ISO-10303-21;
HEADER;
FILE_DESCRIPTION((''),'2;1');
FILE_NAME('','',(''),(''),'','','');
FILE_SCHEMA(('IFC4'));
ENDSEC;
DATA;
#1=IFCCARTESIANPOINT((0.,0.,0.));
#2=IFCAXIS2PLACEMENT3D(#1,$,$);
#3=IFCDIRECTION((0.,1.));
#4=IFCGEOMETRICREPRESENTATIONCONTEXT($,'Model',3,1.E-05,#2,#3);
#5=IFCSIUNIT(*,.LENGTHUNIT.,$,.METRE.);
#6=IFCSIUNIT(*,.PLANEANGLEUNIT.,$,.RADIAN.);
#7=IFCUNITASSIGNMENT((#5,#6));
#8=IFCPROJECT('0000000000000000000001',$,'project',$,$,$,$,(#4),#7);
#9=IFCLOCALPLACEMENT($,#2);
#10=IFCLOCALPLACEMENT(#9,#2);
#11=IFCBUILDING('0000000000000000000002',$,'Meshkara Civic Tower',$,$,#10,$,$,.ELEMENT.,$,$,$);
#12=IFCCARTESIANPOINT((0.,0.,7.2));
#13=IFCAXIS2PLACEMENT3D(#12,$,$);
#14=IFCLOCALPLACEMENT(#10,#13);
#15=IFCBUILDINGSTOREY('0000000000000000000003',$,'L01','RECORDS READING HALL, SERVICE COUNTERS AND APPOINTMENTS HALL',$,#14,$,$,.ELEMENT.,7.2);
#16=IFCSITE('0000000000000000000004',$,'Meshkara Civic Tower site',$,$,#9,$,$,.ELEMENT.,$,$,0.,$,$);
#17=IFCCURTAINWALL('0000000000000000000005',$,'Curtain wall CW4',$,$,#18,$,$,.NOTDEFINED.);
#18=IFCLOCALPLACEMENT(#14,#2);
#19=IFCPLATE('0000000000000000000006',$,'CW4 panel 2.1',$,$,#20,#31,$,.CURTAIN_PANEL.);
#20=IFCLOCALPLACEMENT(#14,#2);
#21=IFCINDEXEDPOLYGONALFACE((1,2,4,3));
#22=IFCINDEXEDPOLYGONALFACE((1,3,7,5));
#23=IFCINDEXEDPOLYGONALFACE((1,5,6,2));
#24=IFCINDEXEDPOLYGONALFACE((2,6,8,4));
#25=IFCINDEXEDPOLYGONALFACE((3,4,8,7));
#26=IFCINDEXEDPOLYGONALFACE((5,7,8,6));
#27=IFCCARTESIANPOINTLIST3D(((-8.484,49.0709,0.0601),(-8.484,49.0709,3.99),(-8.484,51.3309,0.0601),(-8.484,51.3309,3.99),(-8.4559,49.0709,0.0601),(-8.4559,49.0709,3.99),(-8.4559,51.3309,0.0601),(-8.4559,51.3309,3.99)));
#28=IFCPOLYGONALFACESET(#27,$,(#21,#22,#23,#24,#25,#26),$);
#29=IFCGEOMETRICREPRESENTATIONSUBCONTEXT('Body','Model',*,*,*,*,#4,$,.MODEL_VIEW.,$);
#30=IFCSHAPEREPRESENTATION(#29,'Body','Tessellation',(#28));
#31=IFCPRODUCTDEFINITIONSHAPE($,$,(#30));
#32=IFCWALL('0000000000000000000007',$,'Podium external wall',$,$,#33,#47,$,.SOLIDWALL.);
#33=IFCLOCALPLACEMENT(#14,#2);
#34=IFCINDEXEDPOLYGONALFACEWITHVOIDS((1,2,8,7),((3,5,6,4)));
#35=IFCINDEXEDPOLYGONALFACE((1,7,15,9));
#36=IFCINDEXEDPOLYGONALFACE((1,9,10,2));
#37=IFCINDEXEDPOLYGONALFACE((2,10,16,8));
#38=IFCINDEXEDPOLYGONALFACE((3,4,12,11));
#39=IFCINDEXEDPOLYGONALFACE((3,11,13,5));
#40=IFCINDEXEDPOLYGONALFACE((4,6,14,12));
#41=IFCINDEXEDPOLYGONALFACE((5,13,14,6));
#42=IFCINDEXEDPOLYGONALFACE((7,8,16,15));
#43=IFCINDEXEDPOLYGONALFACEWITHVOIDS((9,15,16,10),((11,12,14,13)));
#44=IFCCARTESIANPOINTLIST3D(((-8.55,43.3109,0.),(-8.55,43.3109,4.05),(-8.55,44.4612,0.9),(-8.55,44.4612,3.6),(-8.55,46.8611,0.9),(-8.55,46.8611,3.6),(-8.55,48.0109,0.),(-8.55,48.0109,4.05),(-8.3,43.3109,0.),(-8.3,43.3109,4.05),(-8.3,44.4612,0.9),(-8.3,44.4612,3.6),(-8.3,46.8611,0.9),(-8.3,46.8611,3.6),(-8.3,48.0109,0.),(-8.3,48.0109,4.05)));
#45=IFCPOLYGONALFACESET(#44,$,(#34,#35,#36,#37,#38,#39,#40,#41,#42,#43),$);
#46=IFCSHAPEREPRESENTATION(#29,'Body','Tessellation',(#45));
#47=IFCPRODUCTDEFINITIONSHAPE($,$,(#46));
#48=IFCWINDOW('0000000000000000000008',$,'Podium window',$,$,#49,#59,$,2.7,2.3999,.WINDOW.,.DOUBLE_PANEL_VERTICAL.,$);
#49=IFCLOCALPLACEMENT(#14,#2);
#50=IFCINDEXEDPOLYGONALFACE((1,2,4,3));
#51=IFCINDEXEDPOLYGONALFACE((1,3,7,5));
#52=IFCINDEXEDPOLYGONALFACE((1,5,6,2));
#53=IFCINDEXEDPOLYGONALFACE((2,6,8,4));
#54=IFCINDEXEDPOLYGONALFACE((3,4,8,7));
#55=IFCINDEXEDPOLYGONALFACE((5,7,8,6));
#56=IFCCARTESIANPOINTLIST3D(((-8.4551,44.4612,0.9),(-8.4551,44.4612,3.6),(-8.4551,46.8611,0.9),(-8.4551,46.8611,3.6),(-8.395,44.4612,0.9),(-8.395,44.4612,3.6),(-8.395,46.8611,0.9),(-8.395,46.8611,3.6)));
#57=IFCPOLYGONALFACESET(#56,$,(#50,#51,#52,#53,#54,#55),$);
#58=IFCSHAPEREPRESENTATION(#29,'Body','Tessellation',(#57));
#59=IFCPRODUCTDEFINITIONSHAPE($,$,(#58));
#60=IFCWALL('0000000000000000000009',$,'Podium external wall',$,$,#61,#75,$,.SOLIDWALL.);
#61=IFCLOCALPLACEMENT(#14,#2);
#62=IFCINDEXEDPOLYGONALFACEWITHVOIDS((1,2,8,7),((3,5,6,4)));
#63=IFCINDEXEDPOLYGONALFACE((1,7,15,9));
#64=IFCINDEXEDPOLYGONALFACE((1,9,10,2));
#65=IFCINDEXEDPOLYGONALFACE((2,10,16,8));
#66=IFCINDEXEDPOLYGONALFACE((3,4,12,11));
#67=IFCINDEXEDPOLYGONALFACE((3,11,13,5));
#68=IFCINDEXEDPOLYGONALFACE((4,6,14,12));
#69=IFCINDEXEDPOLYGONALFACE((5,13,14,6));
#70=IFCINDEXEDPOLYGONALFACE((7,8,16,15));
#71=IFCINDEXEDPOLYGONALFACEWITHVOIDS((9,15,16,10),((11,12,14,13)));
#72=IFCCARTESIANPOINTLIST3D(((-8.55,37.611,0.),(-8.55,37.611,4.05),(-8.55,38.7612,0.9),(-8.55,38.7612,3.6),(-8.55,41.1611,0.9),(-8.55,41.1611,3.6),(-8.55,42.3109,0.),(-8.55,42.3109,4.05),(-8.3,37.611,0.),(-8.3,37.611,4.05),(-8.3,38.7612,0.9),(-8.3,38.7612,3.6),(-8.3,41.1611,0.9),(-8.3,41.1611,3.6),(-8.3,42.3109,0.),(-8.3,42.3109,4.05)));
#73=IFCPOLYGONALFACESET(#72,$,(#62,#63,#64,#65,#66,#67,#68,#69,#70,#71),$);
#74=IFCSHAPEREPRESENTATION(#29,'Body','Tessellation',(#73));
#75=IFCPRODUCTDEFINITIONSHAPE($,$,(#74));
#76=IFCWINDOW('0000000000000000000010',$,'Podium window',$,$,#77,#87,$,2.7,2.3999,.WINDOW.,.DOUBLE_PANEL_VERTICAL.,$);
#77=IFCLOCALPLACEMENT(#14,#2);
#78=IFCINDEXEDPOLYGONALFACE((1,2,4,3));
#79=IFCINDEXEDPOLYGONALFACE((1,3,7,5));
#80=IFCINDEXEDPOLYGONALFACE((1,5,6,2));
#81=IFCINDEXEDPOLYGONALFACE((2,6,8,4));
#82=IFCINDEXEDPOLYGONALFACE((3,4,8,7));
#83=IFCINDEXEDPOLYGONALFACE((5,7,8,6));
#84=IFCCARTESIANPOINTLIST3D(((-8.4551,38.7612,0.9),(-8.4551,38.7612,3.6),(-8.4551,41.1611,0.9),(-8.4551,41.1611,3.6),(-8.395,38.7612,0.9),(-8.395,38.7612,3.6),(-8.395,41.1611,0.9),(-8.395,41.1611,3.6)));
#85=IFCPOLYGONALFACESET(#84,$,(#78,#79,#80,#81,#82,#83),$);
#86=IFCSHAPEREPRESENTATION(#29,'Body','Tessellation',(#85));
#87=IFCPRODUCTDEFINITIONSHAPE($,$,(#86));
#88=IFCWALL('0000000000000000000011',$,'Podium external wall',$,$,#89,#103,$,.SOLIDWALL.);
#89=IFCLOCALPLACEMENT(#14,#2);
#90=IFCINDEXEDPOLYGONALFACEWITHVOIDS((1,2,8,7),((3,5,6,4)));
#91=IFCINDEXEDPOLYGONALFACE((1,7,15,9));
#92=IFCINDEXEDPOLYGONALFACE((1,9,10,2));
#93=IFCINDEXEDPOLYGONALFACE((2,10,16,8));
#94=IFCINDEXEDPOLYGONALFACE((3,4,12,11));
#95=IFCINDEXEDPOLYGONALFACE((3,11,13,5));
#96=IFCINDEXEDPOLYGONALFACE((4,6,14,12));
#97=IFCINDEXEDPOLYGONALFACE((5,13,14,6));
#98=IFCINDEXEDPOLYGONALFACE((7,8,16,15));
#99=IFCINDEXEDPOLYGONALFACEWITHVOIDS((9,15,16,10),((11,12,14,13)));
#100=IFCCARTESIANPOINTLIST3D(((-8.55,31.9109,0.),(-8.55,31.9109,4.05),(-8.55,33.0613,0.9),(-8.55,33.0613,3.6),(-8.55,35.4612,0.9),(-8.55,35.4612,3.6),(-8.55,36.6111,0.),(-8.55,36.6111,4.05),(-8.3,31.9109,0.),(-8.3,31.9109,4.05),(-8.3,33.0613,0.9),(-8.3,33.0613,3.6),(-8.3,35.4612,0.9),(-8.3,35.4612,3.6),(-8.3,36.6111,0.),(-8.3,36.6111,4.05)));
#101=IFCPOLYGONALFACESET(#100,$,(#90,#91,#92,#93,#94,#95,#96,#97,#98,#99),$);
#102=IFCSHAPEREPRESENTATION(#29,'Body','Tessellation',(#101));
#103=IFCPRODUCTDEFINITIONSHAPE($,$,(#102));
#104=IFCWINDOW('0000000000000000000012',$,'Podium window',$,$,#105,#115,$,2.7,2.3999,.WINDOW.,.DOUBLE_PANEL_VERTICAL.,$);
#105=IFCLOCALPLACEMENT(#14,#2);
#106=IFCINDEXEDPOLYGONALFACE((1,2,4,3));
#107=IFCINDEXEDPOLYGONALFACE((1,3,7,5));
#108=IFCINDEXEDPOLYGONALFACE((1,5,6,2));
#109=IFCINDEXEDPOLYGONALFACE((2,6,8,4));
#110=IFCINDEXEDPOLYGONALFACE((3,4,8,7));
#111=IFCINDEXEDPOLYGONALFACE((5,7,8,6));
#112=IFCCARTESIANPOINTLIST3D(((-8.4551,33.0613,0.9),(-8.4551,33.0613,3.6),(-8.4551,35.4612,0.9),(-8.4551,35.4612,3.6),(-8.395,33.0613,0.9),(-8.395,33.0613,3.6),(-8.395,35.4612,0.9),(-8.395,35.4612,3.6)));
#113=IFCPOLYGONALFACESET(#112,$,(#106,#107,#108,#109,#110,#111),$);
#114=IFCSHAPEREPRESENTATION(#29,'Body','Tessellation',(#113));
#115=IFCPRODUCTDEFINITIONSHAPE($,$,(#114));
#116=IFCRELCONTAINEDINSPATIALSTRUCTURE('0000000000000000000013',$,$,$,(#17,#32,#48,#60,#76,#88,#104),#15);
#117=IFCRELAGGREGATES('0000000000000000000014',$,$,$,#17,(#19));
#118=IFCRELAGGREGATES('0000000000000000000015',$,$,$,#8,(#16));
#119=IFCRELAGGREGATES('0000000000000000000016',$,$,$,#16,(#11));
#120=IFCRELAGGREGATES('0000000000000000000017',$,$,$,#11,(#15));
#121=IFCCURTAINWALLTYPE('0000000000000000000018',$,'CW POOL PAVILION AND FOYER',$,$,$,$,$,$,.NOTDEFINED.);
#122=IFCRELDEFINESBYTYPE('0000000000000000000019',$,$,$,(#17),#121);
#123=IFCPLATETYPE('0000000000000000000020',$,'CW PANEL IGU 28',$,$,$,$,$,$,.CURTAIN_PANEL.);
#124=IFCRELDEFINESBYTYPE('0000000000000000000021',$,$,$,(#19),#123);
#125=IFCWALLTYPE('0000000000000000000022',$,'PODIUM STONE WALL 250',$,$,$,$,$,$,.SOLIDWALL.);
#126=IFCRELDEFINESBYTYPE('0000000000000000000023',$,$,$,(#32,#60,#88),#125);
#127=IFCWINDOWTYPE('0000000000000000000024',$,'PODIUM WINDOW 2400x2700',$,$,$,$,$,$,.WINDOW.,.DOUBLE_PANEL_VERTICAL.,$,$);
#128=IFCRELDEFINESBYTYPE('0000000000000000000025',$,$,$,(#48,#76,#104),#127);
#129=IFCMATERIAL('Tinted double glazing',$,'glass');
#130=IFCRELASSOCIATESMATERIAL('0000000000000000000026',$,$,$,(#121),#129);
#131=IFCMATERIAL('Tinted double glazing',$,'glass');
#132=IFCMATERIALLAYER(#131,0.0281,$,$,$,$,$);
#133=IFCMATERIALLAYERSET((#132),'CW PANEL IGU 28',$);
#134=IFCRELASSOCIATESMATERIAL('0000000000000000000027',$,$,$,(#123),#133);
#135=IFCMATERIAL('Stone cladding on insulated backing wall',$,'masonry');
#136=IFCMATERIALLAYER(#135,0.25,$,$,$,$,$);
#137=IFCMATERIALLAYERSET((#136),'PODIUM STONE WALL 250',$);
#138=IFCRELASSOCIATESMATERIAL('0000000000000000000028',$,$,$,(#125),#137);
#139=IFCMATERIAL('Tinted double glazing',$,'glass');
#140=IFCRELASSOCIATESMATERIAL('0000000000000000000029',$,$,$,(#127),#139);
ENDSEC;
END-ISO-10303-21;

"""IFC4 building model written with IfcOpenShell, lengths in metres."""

from ifc_helpers import new_model, si_unit, direction, frame, frame_2d, origin, origin_2d, place, context, subcontext, project, spatial, rectangle, extrude, material, layer, layer_set, type_object, element, fill, aggregate, save


model = new_model("IFC4")

# Units and contexts
model_context = context("Model", 3, precision=1e-05, world=origin(), true_north=direction((0.0, 1.0)))
body_context = subcontext(model_context, "Body", "Model", "MODEL_VIEW")
ifc_project = project(units=[si_unit("LENGTHUNIT", "METRE"), si_unit("PLANEANGLEUNIT", "RADIAN")], contexts=[model_context])

# Site, building, storey
site_placement = place(None, origin())
site = spatial("IfcSite", under=ifc_project, at=site_placement, Name="Meshkara Civic Tower site", CompositionType="ELEMENT", RefElevation=0.0)
building_placement = place(site_placement, origin())
building = spatial("IfcBuilding", under=site, at=building_placement, Name="Meshkara Civic Tower", CompositionType="ELEMENT")
storey_placement = place(building_placement, frame((0.0, 0.0, 7.2)))
storey = spatial("IfcBuildingStorey", under=building, at=storey_placement, Name="L01", Description="RECORDS READING HALL, SERVICE COUNTERS AND APPOINTMENTS HALL", CompositionType="ELEMENT", Elevation=7.2)

# Curtain wall
ifc_material_1 = material(Name="Tinted double glazing", Category="glass")
curtain_wall_type = type_object("IfcCurtainWallType", Name="CW POOL PAVILION AND FOYER", PredefinedType="NOTDEFINED", material=ifc_material_1)
curtain_wall_placement = place(storey_placement, origin())
curtain_wall = element("IfcCurtainWall", 1, at=curtain_wall_placement, inside=storey, type_object=curtain_wall_type, Name="Curtain wall CW4", PredefinedType="NOTDEFINED")

# Plate
ifc_material_2 = material(Name="Tinted double glazing", Category="glass")
ifc_layer_1 = layer(ifc_material_2, 0.0281)
ifc_layer_set_1 = layer_set([ifc_layer_1], Name="CW PANEL IGU 28")
plate_type = type_object("IfcPlateType", Name="CW PANEL IGU 28", PredefinedType="CURTAIN_PANEL", material=ifc_layer_set_1)
plate_1_placement = place(storey_placement, frame((-8.47, 50.2009, 0.0601), z_axis=(0.0, 0.0, 1.0), x_axis=(0.0, -1.0, 0.0)))
plate_1 = element("IfcPlate", 2, at=plate_1_placement, type_object=plate_type, Name="CW4 panel 2.1", PredefinedType="CURTAIN_PANEL", context=body_context, shape_type="SweptSolid", body=[
    extrude(rectangle(XDim=2.26, YDim=0.0281, at=origin_2d()), origin(), (0.0, 0.0, 1.0), 3.9299),
])
aggregate(curtain_wall, [plate_1])

# Walls, openings, windows
ifc_material_3 = material(Name="Stone cladding on insulated backing wall", Category="masonry")
ifc_layer_2 = layer(ifc_material_3, 0.25)
ifc_layer_set_2 = layer_set([ifc_layer_2], Name="PODIUM STONE WALL 250")
wall_type = type_object("IfcWallType", Name="PODIUM STONE WALL 250", PredefinedType="SOLIDWALL", material=ifc_layer_set_2)
wall_1_placement = place(storey_placement, frame((-8.425, 48.011, 0.0), z_axis=(0.0, 0.0, 1.0), x_axis=(0.0, -1.0, 0.0)))
wall_1 = element("IfcWall", 3, at=wall_1_placement, inside=storey, type_object=wall_type, Name="Podium external wall", PredefinedType="SOLIDWALL", context=body_context, shape_type="SweptSolid", body=[
    extrude(rectangle(XDim=4.7, YDim=0.25, at=frame_2d((2.3501, 0.0))), origin(), (0.0, 0.0, 1.0), 4.05),
])
opening_1_placement = place(wall_1_placement, frame((1.1499, 0.0, 0.8999)))
opening_1 = element("IfcOpeningElement", 4, at=opening_1_placement, cuts=wall_1, PredefinedType="OPENING", context=body_context, shape_type="SweptSolid", body=[
    extrude(rectangle(XDim=2.3999, YDim=2.7, at=frame_2d((1.2, 1.3501))), frame((0.0, 0.135, 0.0), z_axis=(0.0, -1.0, 0.0), x_axis=(1.0, 0.0, 0.0)), (0.0, 0.0, 1.0), 0.27),
])
ifc_material_4 = material(Name="Tinted double glazing", Category="glass")
window_type = type_object("IfcWindowType", Name="PODIUM WINDOW 2400x2700", PartitioningType="DOUBLE_PANEL_VERTICAL", PredefinedType="WINDOW", material=ifc_material_4)
window_1_placement = place(opening_1_placement, origin())
window_1 = element("IfcWindow", 5, at=window_1_placement, inside=storey, type_object=window_type, Name="Podium window", OverallHeight=2.7, OverallWidth=2.3999, PartitioningType="DOUBLE_PANEL_VERTICAL", PredefinedType="WINDOW", context=body_context, shape_type="SweptSolid", body=[
    extrude(rectangle(XDim=2.3999, YDim=2.7, at=frame_2d((1.2, 1.3501))), frame((0.0, 0.03, 0.0), z_axis=(0.0, -1.0, 0.0), x_axis=(1.0, 0.0, 0.0)), (0.0, 0.0, 1.0), 0.0601),
])
fill(opening_1, window_1)
wall_2_placement = place(storey_placement, frame((-8.425, 42.311, 0.0), z_axis=(0.0, 0.0, 1.0), x_axis=(0.0, -1.0, 0.0)))
wall_2 = element("IfcWall", 6, at=wall_2_placement, inside=storey, type_object=wall_type, Name="Podium external wall", PredefinedType="SOLIDWALL", context=body_context, shape_type="SweptSolid", body=[
    extrude(rectangle(XDim=4.7, YDim=0.25, at=frame_2d((2.3501, 0.0))), origin(), (0.0, 0.0, 1.0), 4.05),
])
opening_2_placement = place(wall_2_placement, frame((1.1499, 0.0, 0.8999)))
opening_2 = element("IfcOpeningElement", 7, at=opening_2_placement, cuts=wall_2, PredefinedType="OPENING", context=body_context, shape_type="SweptSolid", body=[
    extrude(rectangle(XDim=2.3999, YDim=2.7, at=frame_2d((1.2, 1.3501))), frame((0.0, 0.135, 0.0), z_axis=(0.0, -1.0, 0.0), x_axis=(1.0, 0.0, 0.0)), (0.0, 0.0, 1.0), 0.27),
])
window_2_placement = place(opening_2_placement, origin())
window_2 = element("IfcWindow", 8, at=window_2_placement, inside=storey, type_object=window_type, Name="Podium window", OverallHeight=2.7, OverallWidth=2.3999, PartitioningType="DOUBLE_PANEL_VERTICAL", PredefinedType="WINDOW", context=body_context, shape_type="SweptSolid", body=[
    extrude(rectangle(XDim=2.3999, YDim=2.7, at=frame_2d((1.2, 1.3501))), frame((0.0, 0.03, 0.0), z_axis=(0.0, -1.0, 0.0), x_axis=(1.0, 0.0, 0.0)), (0.0, 0.0, 1.0), 0.0601),
])
fill(opening_2, window_2)
wall_3_placement = place(storey_placement, frame((-8.425, 36.6111, 0.0), z_axis=(0.0, 0.0, 1.0), x_axis=(0.0, -1.0, 0.0)))
wall_3 = element("IfcWall", 9, at=wall_3_placement, inside=storey, type_object=wall_type, Name="Podium external wall", PredefinedType="SOLIDWALL", context=body_context, shape_type="SweptSolid", body=[
    extrude(rectangle(XDim=4.7002, YDim=0.25, at=frame_2d((2.3501, 0.0))), origin(), (0.0, 0.0, 1.0), 4.05),
])
opening_3_placement = place(wall_3_placement, frame((1.1499, 0.0, 0.8999)))
opening_3 = element("IfcOpeningElement", 10, at=opening_3_placement, cuts=wall_3, PredefinedType="OPENING", context=body_context, shape_type="SweptSolid", body=[
    extrude(rectangle(XDim=2.3999, YDim=2.7, at=frame_2d((1.2, 1.3501))), frame((0.0, 0.135, 0.0), z_axis=(0.0, -1.0, 0.0), x_axis=(1.0, 0.0, 0.0)), (0.0, 0.0, 1.0), 0.27),
])
window_3_placement = place(opening_3_placement, origin())
window_3 = element("IfcWindow", 11, at=window_3_placement, inside=storey, type_object=window_type, Name="Podium window", OverallHeight=2.7, OverallWidth=2.3999, PartitioningType="DOUBLE_PANEL_VERTICAL", PredefinedType="WINDOW", context=body_context, shape_type="SweptSolid", body=[
    extrude(rectangle(XDim=2.3999, YDim=2.7, at=frame_2d((1.2, 1.3501))), frame((0.0, 0.03, 0.0), z_axis=(0.0, -1.0, 0.0), x_axis=(1.0, 0.0, 0.0)), (0.0, 0.0, 1.0), 0.0601),
])
fill(opening_3, window_3)

save(model, "model.ifc")
